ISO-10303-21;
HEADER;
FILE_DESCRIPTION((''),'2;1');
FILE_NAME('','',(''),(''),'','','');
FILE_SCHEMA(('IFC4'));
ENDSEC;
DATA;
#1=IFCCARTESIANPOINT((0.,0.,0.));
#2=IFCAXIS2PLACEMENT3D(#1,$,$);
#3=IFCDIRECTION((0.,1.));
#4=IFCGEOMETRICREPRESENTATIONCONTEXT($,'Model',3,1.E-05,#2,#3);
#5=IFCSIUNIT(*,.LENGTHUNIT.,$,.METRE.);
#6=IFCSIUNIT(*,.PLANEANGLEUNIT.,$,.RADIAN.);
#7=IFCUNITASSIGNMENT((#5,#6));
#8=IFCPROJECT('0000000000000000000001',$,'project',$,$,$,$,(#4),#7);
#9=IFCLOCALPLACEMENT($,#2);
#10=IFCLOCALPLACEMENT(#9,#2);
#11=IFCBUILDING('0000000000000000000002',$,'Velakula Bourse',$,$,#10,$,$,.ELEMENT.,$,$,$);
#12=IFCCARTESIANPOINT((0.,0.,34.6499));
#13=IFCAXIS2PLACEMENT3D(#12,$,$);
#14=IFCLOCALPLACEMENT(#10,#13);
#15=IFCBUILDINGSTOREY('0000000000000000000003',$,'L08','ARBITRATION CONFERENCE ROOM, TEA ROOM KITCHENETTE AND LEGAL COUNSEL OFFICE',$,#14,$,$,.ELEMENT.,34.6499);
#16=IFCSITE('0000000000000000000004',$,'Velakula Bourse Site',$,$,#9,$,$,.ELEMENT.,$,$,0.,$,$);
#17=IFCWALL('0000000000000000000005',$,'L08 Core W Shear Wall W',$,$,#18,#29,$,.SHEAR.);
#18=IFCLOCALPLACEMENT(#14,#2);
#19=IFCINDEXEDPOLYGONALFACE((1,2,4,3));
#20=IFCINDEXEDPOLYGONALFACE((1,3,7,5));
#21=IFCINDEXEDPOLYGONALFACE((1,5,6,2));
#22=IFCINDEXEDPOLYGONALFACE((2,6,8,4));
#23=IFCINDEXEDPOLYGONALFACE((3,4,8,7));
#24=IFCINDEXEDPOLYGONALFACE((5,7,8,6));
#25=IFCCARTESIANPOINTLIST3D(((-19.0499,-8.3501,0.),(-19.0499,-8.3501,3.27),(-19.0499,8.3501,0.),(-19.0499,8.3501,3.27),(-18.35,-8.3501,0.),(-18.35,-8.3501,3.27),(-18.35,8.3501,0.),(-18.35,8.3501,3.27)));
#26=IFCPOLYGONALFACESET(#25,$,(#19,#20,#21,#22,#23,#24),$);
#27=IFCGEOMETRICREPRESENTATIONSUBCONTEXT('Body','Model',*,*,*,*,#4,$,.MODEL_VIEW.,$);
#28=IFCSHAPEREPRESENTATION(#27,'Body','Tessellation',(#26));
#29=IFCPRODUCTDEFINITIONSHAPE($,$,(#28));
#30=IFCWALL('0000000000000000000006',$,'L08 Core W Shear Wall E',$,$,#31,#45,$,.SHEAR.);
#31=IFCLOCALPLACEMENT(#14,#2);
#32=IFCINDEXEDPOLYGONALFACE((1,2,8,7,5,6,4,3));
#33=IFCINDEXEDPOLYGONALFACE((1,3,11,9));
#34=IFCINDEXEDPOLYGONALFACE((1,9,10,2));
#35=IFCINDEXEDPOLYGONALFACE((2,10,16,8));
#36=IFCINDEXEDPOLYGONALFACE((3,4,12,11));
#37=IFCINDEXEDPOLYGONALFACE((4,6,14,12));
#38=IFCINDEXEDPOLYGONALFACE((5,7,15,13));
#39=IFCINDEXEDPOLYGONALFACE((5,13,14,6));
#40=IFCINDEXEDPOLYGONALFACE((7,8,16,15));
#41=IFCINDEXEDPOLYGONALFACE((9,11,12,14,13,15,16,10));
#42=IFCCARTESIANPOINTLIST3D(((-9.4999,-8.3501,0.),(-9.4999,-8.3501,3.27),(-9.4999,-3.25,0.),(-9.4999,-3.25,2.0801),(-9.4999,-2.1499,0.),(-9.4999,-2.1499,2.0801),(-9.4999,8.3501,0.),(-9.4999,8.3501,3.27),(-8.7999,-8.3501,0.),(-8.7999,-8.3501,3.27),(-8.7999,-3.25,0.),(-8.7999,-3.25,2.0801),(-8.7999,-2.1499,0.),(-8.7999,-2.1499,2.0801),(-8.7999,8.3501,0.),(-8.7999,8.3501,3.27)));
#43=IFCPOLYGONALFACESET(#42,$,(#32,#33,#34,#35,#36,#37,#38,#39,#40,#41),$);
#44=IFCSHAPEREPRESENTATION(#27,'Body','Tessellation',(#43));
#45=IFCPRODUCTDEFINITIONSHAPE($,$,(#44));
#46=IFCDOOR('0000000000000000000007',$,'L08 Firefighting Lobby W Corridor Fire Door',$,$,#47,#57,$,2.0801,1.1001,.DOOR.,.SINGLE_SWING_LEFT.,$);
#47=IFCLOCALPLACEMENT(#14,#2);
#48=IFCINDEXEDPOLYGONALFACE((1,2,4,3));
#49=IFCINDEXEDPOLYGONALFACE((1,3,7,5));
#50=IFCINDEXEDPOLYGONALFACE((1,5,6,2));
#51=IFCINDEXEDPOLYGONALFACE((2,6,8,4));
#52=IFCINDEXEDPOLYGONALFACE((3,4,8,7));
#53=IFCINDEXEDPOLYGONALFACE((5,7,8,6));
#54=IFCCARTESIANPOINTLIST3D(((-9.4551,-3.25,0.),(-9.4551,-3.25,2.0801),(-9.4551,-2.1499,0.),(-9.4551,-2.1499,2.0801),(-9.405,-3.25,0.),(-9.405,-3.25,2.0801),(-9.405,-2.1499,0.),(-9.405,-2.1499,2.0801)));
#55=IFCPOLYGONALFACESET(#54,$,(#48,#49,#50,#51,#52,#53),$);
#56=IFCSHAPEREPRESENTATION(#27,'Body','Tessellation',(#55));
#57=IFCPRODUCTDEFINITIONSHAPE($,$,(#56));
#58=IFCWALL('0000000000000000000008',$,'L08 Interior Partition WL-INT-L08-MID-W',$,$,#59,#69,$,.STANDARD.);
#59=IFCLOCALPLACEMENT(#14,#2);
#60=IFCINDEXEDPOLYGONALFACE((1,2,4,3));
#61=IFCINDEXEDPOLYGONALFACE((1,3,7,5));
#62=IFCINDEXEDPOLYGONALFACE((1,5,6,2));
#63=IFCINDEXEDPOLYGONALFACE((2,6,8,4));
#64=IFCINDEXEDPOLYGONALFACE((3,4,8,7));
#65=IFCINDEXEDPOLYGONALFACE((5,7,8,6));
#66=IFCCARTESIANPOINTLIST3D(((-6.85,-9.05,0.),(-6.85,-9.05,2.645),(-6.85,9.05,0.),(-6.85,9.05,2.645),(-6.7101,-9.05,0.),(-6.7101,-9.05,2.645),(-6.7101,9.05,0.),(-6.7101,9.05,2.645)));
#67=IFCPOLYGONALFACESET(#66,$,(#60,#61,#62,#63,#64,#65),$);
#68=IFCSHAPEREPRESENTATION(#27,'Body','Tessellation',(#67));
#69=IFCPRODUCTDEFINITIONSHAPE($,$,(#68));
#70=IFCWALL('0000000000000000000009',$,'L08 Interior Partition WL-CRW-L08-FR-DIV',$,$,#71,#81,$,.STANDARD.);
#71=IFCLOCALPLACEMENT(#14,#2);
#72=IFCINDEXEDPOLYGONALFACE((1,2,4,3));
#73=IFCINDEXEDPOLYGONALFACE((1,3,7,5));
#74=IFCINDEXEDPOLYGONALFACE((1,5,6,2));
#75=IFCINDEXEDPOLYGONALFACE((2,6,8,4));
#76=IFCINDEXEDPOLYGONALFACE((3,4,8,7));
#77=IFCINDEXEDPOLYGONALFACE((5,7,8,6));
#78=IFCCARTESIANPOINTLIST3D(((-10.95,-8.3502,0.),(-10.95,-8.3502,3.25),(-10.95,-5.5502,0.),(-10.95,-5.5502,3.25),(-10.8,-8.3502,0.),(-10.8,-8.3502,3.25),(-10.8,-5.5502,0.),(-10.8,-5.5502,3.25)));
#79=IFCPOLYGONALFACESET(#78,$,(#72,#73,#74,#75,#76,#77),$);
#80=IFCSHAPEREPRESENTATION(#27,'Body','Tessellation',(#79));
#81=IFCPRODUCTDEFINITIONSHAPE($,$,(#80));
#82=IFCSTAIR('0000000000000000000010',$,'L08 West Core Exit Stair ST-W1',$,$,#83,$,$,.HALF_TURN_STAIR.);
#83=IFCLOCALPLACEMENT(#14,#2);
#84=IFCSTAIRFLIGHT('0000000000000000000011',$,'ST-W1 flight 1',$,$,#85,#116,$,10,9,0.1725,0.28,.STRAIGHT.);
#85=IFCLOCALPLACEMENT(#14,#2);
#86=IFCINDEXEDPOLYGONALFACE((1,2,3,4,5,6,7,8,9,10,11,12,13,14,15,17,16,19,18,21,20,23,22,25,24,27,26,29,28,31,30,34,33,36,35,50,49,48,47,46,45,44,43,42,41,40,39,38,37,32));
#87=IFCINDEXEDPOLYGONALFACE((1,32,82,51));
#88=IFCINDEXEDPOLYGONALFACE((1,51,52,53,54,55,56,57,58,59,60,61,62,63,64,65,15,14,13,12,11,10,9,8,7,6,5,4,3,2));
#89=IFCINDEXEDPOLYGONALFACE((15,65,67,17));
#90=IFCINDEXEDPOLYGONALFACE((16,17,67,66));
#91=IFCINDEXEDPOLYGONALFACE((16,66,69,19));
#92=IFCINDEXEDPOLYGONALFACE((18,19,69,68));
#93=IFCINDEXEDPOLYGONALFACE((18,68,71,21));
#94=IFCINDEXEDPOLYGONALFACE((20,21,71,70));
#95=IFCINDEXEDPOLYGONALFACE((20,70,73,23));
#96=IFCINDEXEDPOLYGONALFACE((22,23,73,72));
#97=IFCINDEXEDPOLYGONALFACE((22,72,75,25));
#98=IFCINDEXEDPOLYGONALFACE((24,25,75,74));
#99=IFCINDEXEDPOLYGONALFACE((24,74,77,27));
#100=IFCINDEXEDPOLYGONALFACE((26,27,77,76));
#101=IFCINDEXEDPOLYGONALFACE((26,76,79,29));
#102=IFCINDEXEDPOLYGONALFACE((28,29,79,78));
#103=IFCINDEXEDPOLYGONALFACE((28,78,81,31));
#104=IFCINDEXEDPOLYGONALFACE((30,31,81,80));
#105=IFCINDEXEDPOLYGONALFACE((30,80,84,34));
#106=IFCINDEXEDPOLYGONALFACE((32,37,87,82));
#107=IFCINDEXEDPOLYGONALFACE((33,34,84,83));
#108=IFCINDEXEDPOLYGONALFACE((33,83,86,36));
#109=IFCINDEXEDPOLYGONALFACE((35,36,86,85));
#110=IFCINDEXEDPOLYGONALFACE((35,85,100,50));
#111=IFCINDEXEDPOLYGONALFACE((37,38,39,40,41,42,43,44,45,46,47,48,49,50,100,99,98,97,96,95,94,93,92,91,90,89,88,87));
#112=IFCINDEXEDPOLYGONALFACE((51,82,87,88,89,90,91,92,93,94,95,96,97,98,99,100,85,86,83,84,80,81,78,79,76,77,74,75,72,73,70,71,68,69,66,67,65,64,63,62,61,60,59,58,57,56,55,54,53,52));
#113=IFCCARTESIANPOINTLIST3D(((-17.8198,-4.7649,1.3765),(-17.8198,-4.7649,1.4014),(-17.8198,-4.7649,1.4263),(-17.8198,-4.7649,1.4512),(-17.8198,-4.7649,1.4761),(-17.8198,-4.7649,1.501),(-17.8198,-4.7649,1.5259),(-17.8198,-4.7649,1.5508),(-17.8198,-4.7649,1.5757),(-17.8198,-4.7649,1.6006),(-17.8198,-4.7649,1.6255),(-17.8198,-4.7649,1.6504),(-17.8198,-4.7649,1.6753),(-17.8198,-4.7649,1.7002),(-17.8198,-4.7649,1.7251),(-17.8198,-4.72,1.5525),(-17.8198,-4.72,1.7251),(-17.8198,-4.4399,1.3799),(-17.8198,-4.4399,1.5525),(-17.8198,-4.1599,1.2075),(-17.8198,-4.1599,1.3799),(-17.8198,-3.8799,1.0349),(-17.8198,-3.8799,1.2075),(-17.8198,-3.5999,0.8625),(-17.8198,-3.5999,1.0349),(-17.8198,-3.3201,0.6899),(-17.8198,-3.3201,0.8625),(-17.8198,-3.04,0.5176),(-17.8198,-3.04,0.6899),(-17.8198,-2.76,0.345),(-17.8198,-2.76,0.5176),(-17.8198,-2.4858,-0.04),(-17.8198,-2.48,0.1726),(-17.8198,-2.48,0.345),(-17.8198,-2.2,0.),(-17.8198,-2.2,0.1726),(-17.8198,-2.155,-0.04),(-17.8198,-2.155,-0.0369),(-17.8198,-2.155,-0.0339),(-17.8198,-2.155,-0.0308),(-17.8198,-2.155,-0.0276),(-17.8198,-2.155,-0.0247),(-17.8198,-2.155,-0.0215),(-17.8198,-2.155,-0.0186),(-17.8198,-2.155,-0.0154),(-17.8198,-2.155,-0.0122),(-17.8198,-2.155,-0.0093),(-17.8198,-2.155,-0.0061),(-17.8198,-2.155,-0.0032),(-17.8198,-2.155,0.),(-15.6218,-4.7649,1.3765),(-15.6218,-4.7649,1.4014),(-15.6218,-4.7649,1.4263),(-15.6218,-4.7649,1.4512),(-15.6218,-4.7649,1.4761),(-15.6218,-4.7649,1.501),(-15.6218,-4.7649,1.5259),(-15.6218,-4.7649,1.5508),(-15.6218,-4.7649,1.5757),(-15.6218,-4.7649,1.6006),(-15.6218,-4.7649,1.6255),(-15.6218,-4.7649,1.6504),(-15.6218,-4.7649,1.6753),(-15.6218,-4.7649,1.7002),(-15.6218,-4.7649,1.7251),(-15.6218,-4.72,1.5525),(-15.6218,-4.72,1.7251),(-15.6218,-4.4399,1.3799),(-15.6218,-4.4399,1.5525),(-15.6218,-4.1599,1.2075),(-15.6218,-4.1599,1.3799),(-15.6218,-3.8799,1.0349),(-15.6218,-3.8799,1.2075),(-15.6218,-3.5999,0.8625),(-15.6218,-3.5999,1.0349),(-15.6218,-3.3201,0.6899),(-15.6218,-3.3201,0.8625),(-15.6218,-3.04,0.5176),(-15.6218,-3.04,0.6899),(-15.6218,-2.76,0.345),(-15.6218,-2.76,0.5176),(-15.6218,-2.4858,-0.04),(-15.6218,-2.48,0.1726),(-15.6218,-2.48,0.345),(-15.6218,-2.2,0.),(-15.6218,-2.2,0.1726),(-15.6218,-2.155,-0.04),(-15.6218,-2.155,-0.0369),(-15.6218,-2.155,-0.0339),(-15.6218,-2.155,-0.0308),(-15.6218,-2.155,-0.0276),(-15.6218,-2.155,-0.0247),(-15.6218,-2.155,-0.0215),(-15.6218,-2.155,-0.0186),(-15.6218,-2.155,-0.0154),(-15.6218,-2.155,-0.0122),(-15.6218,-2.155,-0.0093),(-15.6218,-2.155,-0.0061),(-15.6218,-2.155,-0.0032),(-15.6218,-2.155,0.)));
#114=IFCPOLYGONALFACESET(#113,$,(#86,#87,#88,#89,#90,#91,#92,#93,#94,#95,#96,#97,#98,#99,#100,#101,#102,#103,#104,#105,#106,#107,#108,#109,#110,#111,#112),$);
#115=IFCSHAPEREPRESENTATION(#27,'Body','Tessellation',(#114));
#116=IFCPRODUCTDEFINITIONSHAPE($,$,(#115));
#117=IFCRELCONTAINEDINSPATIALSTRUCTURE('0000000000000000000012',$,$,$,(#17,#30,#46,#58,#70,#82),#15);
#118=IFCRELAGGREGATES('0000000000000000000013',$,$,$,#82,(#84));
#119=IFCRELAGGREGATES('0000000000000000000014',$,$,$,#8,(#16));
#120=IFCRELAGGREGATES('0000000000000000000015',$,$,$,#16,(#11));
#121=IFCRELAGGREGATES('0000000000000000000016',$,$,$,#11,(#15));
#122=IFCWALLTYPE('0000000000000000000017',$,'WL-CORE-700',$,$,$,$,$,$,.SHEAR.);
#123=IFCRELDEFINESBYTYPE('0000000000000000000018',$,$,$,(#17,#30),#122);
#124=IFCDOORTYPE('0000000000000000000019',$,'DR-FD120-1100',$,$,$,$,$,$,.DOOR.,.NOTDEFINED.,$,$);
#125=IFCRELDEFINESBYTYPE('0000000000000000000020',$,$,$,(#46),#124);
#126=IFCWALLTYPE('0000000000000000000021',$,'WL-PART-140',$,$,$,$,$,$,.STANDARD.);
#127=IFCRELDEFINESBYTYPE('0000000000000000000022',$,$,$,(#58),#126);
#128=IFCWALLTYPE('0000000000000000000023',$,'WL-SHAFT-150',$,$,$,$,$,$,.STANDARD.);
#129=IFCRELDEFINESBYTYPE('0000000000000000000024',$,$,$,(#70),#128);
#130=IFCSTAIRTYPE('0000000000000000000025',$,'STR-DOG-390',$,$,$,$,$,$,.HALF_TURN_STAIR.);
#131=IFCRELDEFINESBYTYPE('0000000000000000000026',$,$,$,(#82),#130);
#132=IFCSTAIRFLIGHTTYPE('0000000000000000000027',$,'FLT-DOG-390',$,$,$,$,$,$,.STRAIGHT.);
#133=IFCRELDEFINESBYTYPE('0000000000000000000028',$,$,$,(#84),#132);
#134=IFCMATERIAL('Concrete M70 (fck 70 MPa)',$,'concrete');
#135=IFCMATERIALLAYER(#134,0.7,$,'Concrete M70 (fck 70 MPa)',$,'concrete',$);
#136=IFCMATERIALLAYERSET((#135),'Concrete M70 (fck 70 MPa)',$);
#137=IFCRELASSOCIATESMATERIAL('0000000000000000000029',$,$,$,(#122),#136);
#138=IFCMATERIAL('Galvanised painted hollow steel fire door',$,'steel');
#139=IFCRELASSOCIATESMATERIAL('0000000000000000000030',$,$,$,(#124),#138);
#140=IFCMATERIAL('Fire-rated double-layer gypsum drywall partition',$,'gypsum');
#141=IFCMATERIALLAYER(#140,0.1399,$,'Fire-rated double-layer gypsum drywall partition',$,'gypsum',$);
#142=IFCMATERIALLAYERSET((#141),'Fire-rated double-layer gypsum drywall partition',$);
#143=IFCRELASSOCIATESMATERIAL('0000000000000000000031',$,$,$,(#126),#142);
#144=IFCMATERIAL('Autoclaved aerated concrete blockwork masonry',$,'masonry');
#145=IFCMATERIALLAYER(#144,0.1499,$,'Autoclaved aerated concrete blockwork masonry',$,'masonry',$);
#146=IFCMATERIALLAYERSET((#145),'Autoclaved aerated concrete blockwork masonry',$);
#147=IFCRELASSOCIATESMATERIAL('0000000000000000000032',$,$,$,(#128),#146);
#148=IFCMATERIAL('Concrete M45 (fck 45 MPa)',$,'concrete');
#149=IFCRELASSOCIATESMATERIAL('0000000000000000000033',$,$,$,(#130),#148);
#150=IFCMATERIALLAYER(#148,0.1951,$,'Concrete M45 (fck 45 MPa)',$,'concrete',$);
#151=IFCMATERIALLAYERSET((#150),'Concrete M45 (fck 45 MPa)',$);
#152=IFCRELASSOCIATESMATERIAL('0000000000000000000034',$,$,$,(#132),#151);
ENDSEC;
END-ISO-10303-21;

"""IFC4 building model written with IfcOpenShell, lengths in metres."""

from ifc_helpers import new_model, si_unit, direction, frame, frame_2d, origin, place, context, subcontext, project, spatial, polyline, rectangle, outline, extrude, material, layer, layer_set, type_object, element, fill, aggregate, save


model = new_model("IFC4")

# Units and contexts
model_context = context("Model", 3, precision=1e-05, world=origin(), true_north=direction((0.0, 1.0)))
body_context = subcontext(model_context, "Body", "Model", "MODEL_VIEW")
ifc_project = project(units=[si_unit("LENGTHUNIT", "METRE"), si_unit("PLANEANGLEUNIT", "RADIAN")], contexts=[model_context])

# Site, building, storey
site_placement = place(None, origin())
site = spatial("IfcSite", under=ifc_project, at=site_placement, Name="Velakula Bourse Site", CompositionType="ELEMENT", RefElevation=0.0)
building_placement = place(site_placement, origin())
building = spatial("IfcBuilding", under=site, at=building_placement, Name="Velakula Bourse", CompositionType="ELEMENT")
storey_placement = place(building_placement, frame((0.0, 0.0, 34.6499)))
storey = spatial("IfcBuildingStorey", under=building, at=storey_placement, Name="L08", Description="ARBITRATION CONFERENCE ROOM, TEA ROOM KITCHENETTE AND LEGAL COUNSEL OFFICE", CompositionType="ELEMENT", Elevation=34.6499)

# Shared definitions
ifc_material_1 = material(Name="Concrete M70 (fck 70 MPa)", Category="concrete")

# Shared definitions
ifc_material_2 = material(Name="Galvanised painted hollow steel fire door", Category="steel")

# Wall
ifc_layer_1 = layer(ifc_material_1, 0.7, Name="Concrete M70 (fck 70 MPa)", Category="concrete")
ifc_layer_set_1 = layer_set([ifc_layer_1], Name="Concrete M70 (fck 70 MPa)")
wall_type_1 = type_object("IfcWallType", Name="WL-CORE-700", PredefinedType="SHEAR", material=ifc_layer_set_1)
wall_1_placement = place(storey_placement, frame((-18.7, -8.3501, 0.0), z_axis=(0.0, 0.0, 1.0), x_axis=(0.0, 1.0, 0.0)))
element("IfcWall", 1, at=wall_1_placement, inside=storey, type_object=wall_type_1, Name="L08 Core W Shear Wall W", PredefinedType="SHEAR", context=body_context, shape_type="SweptSolid", body=[
    extrude(rectangle(XDim=16.7002, YDim=0.7, at=frame_2d((8.3501, 0.0))), origin(), (0.0, 0.0, 1.0), 3.27),
])

# Wall, opening, door
wall_2_placement = place(storey_placement, frame((-9.1499, -8.3501, 0.0), z_axis=(0.0, 0.0, 1.0), x_axis=(0.0, 1.0, 0.0)))
wall_2 = element("IfcWall", 2, at=wall_2_placement, inside=storey, type_object=wall_type_1, Name="L08 Core W Shear Wall E", PredefinedType="SHEAR", context=body_context, shape_type="SweptSolid", body=[
    extrude(rectangle(XDim=16.7002, YDim=0.7, at=frame_2d((8.3501, 0.0))), origin(), (0.0, 0.0, 1.0), 3.27),
])
opening_1_placement = place(wall_2_placement, frame((5.1001, 0.0, 0.0)))
opening_1 = element("IfcOpeningElement", 3, at=opening_1_placement, cuts=wall_2, PredefinedType="OPENING", context=body_context, shape_type="SweptSolid", body=[
    extrude(rectangle(XDim=1.1001, YDim=2.0801, at=frame_2d((0.55, 1.04))), frame((0.0, 0.3599, 0.0), z_axis=(0.0, -1.0, 0.0), x_axis=(1.0, 0.0, 0.0)), (0.0, 0.0, 1.0), 0.72),
])
door_type_1 = type_object("IfcDoorType", Name="DR-FD120-1100", OperationType="NOTDEFINED", PredefinedType="DOOR", material=ifc_material_2)
door_1_placement = place(opening_1_placement, origin())
door_1 = element("IfcDoor", 4, at=door_1_placement, inside=storey, type_object=door_type_1, Name="L08 Firefighting Lobby W Corridor Fire Door", OperationType="SINGLE_SWING_LEFT", OverallHeight=2.0801, OverallWidth=1.1001, PredefinedType="DOOR", context=body_context, shape_type="SweptSolid", body=[
    extrude(rectangle(XDim=1.1001, YDim=2.0801, at=frame_2d((0.55, 1.04))), frame((0.0, 0.3052, 0.0), z_axis=(0.0, -1.0, 0.0), x_axis=(1.0, 0.0, 0.0)), (0.0, 0.0, 1.0), 0.05),
])
fill(opening_1, door_1)

# Wall
ifc_material_3 = material(Name="Fire-rated double-layer gypsum drywall partition", Category="gypsum")
ifc_layer_2 = layer(ifc_material_3, 0.1399, Name="Fire-rated double-layer gypsum drywall partition", Category="gypsum")
ifc_layer_set_2 = layer_set([ifc_layer_2], Name="Fire-rated double-layer gypsum drywall partition")
wall_type_2 = type_object("IfcWallType", Name="WL-PART-140", PredefinedType="STANDARD", material=ifc_layer_set_2)
wall_3_placement = place(storey_placement, frame((-6.78, -9.05, 0.0), z_axis=(0.0, 0.0, 1.0), x_axis=(0.0, 1.0, 0.0)))
element("IfcWall", 5, at=wall_3_placement, inside=storey, type_object=wall_type_2, Name="L08 Interior Partition WL-INT-L08-MID-W", PredefinedType="STANDARD", context=body_context, shape_type="SweptSolid", body=[
    extrude(rectangle(XDim=18.1001, YDim=0.1399, at=frame_2d((9.05, 0.0))), origin(), (0.0, 0.0, 1.0), 2.645),
])

# Shared definitions
ifc_material_4 = material(Name="Autoclaved aerated concrete blockwork masonry", Category="masonry")
ifc_layer_3 = layer(ifc_material_4, 0.1499, Name="Autoclaved aerated concrete blockwork masonry", Category="masonry")
ifc_layer_set_3 = layer_set([ifc_layer_3], Name="Autoclaved aerated concrete blockwork masonry")
wall_type_3 = type_object("IfcWallType", Name="WL-SHAFT-150", PredefinedType="STANDARD", material=ifc_layer_set_3)

# Wall
wall_4_placement = place(storey_placement, frame((-10.875, -8.3501, 0.0), z_axis=(0.0, 0.0, 1.0), x_axis=(0.0, 1.0, 0.0)))
element("IfcWall", 6, at=wall_4_placement, inside=storey, type_object=wall_type_3, Name="L08 Interior Partition WL-CRW-L08-FR-DIV", PredefinedType="STANDARD", context=body_context, shape_type="SweptSolid", body=[
    extrude(rectangle(XDim=2.8, YDim=0.1499, at=frame_2d((1.3999, 0.0))), origin(), (0.0, 0.0, 1.0), 3.25),
])

# Stair, stair flight
ifc_material_5 = material(Name="Concrete M45 (fck 45 MPa)", Category="concrete")
stair_type = type_object("IfcStairType", Name="STR-DOG-390", PredefinedType="HALF_TURN_STAIR", material=ifc_material_5)
stair_placement = place(storey_placement, origin())
stair = element("IfcStair", 7, at=stair_placement, inside=storey, type_object=stair_type, Name="L08 West Core Exit Stair ST-W1", PredefinedType="HALF_TURN_STAIR")
ifc_layer_4 = layer(ifc_material_5, 0.1951, Name="Concrete M45 (fck 45 MPa)", Category="concrete")
ifc_layer_set_4 = layer_set([ifc_layer_4], Name="Concrete M45 (fck 45 MPa)")
stair_flight_type = type_object("IfcStairFlightType", Name="FLT-DOG-390", PredefinedType="STRAIGHT", material=ifc_layer_set_4)
stair_flight_1_placement = place(storey_placement, frame((-16.7209, -2.2, 0.0), z_axis=(0.0, 0.0, 1.0), x_axis=(0.0, -1.0, 0.0)))
stair_flight_1 = element("IfcStairFlight", 8, at=stair_flight_1_placement, type_object=stair_flight_type, Name="ST-W1 flight 1", NumberOfRisers=10, NumberOfTreads=9, PredefinedType="STRAIGHT", RiserHeight=0.1725, TreadLength=0.28, context=body_context, shape_type="SweptSolid", body=[
    extrude(outline(polyline([(-0.0449, -0.04), (-0.0449, -0.0369), (-0.0449, -0.0339), (-0.0449, -0.0308), (-0.0449, -0.0276), (-0.0449, -0.0247), (-0.0449, -0.0215), (-0.0449, -0.0186), (-0.0449, -0.0154), (-0.0449, -0.0122), (-0.0449, -0.0093), (-0.0449, -0.0061), (-0.0449, -0.0032), (-0.0449, 0.0), (0.0, 0.0), (0.0, 0.1726), (0.28, 0.1726), (0.28, 0.345), (0.5601, 0.345), (0.5601, 0.5176), (0.8401, 0.5176), (0.8401, 0.6899), (1.1201, 0.6899), (1.1201, 0.8625), (1.3999, 0.8625), (1.3999, 1.0349), (1.6799, 1.0349), (1.6799, 1.2075), (1.96, 1.2075), (1.96, 1.3799), (2.24, 1.3799), (2.24, 1.5525), (2.52, 1.5525), (2.52, 1.7251), (2.5649, 1.7251), (2.5649, 1.7002), (2.5649, 1.6753), (2.5649, 1.6504), (2.5649, 1.6255), (2.5649, 1.6006), (2.5649, 1.5757), (2.5649, 1.5508), (2.5649, 1.5259), (2.5649, 1.501), (2.5649, 1.4761), (2.5649, 1.4512), (2.5649, 1.4263), (2.5649, 1.4014), (2.5649, 1.3765), (0.2859, -0.04), (-0.0449, -0.04)])), frame((0.0, 1.0991, 0.0), z_axis=(0.0, -1.0, 0.0), x_axis=(1.0, 0.0, 0.0)), (0.0, 0.0, 1.0), 2.198),
])
aggregate(stair, [stair_flight_1])

save(model, "model.ifc")
